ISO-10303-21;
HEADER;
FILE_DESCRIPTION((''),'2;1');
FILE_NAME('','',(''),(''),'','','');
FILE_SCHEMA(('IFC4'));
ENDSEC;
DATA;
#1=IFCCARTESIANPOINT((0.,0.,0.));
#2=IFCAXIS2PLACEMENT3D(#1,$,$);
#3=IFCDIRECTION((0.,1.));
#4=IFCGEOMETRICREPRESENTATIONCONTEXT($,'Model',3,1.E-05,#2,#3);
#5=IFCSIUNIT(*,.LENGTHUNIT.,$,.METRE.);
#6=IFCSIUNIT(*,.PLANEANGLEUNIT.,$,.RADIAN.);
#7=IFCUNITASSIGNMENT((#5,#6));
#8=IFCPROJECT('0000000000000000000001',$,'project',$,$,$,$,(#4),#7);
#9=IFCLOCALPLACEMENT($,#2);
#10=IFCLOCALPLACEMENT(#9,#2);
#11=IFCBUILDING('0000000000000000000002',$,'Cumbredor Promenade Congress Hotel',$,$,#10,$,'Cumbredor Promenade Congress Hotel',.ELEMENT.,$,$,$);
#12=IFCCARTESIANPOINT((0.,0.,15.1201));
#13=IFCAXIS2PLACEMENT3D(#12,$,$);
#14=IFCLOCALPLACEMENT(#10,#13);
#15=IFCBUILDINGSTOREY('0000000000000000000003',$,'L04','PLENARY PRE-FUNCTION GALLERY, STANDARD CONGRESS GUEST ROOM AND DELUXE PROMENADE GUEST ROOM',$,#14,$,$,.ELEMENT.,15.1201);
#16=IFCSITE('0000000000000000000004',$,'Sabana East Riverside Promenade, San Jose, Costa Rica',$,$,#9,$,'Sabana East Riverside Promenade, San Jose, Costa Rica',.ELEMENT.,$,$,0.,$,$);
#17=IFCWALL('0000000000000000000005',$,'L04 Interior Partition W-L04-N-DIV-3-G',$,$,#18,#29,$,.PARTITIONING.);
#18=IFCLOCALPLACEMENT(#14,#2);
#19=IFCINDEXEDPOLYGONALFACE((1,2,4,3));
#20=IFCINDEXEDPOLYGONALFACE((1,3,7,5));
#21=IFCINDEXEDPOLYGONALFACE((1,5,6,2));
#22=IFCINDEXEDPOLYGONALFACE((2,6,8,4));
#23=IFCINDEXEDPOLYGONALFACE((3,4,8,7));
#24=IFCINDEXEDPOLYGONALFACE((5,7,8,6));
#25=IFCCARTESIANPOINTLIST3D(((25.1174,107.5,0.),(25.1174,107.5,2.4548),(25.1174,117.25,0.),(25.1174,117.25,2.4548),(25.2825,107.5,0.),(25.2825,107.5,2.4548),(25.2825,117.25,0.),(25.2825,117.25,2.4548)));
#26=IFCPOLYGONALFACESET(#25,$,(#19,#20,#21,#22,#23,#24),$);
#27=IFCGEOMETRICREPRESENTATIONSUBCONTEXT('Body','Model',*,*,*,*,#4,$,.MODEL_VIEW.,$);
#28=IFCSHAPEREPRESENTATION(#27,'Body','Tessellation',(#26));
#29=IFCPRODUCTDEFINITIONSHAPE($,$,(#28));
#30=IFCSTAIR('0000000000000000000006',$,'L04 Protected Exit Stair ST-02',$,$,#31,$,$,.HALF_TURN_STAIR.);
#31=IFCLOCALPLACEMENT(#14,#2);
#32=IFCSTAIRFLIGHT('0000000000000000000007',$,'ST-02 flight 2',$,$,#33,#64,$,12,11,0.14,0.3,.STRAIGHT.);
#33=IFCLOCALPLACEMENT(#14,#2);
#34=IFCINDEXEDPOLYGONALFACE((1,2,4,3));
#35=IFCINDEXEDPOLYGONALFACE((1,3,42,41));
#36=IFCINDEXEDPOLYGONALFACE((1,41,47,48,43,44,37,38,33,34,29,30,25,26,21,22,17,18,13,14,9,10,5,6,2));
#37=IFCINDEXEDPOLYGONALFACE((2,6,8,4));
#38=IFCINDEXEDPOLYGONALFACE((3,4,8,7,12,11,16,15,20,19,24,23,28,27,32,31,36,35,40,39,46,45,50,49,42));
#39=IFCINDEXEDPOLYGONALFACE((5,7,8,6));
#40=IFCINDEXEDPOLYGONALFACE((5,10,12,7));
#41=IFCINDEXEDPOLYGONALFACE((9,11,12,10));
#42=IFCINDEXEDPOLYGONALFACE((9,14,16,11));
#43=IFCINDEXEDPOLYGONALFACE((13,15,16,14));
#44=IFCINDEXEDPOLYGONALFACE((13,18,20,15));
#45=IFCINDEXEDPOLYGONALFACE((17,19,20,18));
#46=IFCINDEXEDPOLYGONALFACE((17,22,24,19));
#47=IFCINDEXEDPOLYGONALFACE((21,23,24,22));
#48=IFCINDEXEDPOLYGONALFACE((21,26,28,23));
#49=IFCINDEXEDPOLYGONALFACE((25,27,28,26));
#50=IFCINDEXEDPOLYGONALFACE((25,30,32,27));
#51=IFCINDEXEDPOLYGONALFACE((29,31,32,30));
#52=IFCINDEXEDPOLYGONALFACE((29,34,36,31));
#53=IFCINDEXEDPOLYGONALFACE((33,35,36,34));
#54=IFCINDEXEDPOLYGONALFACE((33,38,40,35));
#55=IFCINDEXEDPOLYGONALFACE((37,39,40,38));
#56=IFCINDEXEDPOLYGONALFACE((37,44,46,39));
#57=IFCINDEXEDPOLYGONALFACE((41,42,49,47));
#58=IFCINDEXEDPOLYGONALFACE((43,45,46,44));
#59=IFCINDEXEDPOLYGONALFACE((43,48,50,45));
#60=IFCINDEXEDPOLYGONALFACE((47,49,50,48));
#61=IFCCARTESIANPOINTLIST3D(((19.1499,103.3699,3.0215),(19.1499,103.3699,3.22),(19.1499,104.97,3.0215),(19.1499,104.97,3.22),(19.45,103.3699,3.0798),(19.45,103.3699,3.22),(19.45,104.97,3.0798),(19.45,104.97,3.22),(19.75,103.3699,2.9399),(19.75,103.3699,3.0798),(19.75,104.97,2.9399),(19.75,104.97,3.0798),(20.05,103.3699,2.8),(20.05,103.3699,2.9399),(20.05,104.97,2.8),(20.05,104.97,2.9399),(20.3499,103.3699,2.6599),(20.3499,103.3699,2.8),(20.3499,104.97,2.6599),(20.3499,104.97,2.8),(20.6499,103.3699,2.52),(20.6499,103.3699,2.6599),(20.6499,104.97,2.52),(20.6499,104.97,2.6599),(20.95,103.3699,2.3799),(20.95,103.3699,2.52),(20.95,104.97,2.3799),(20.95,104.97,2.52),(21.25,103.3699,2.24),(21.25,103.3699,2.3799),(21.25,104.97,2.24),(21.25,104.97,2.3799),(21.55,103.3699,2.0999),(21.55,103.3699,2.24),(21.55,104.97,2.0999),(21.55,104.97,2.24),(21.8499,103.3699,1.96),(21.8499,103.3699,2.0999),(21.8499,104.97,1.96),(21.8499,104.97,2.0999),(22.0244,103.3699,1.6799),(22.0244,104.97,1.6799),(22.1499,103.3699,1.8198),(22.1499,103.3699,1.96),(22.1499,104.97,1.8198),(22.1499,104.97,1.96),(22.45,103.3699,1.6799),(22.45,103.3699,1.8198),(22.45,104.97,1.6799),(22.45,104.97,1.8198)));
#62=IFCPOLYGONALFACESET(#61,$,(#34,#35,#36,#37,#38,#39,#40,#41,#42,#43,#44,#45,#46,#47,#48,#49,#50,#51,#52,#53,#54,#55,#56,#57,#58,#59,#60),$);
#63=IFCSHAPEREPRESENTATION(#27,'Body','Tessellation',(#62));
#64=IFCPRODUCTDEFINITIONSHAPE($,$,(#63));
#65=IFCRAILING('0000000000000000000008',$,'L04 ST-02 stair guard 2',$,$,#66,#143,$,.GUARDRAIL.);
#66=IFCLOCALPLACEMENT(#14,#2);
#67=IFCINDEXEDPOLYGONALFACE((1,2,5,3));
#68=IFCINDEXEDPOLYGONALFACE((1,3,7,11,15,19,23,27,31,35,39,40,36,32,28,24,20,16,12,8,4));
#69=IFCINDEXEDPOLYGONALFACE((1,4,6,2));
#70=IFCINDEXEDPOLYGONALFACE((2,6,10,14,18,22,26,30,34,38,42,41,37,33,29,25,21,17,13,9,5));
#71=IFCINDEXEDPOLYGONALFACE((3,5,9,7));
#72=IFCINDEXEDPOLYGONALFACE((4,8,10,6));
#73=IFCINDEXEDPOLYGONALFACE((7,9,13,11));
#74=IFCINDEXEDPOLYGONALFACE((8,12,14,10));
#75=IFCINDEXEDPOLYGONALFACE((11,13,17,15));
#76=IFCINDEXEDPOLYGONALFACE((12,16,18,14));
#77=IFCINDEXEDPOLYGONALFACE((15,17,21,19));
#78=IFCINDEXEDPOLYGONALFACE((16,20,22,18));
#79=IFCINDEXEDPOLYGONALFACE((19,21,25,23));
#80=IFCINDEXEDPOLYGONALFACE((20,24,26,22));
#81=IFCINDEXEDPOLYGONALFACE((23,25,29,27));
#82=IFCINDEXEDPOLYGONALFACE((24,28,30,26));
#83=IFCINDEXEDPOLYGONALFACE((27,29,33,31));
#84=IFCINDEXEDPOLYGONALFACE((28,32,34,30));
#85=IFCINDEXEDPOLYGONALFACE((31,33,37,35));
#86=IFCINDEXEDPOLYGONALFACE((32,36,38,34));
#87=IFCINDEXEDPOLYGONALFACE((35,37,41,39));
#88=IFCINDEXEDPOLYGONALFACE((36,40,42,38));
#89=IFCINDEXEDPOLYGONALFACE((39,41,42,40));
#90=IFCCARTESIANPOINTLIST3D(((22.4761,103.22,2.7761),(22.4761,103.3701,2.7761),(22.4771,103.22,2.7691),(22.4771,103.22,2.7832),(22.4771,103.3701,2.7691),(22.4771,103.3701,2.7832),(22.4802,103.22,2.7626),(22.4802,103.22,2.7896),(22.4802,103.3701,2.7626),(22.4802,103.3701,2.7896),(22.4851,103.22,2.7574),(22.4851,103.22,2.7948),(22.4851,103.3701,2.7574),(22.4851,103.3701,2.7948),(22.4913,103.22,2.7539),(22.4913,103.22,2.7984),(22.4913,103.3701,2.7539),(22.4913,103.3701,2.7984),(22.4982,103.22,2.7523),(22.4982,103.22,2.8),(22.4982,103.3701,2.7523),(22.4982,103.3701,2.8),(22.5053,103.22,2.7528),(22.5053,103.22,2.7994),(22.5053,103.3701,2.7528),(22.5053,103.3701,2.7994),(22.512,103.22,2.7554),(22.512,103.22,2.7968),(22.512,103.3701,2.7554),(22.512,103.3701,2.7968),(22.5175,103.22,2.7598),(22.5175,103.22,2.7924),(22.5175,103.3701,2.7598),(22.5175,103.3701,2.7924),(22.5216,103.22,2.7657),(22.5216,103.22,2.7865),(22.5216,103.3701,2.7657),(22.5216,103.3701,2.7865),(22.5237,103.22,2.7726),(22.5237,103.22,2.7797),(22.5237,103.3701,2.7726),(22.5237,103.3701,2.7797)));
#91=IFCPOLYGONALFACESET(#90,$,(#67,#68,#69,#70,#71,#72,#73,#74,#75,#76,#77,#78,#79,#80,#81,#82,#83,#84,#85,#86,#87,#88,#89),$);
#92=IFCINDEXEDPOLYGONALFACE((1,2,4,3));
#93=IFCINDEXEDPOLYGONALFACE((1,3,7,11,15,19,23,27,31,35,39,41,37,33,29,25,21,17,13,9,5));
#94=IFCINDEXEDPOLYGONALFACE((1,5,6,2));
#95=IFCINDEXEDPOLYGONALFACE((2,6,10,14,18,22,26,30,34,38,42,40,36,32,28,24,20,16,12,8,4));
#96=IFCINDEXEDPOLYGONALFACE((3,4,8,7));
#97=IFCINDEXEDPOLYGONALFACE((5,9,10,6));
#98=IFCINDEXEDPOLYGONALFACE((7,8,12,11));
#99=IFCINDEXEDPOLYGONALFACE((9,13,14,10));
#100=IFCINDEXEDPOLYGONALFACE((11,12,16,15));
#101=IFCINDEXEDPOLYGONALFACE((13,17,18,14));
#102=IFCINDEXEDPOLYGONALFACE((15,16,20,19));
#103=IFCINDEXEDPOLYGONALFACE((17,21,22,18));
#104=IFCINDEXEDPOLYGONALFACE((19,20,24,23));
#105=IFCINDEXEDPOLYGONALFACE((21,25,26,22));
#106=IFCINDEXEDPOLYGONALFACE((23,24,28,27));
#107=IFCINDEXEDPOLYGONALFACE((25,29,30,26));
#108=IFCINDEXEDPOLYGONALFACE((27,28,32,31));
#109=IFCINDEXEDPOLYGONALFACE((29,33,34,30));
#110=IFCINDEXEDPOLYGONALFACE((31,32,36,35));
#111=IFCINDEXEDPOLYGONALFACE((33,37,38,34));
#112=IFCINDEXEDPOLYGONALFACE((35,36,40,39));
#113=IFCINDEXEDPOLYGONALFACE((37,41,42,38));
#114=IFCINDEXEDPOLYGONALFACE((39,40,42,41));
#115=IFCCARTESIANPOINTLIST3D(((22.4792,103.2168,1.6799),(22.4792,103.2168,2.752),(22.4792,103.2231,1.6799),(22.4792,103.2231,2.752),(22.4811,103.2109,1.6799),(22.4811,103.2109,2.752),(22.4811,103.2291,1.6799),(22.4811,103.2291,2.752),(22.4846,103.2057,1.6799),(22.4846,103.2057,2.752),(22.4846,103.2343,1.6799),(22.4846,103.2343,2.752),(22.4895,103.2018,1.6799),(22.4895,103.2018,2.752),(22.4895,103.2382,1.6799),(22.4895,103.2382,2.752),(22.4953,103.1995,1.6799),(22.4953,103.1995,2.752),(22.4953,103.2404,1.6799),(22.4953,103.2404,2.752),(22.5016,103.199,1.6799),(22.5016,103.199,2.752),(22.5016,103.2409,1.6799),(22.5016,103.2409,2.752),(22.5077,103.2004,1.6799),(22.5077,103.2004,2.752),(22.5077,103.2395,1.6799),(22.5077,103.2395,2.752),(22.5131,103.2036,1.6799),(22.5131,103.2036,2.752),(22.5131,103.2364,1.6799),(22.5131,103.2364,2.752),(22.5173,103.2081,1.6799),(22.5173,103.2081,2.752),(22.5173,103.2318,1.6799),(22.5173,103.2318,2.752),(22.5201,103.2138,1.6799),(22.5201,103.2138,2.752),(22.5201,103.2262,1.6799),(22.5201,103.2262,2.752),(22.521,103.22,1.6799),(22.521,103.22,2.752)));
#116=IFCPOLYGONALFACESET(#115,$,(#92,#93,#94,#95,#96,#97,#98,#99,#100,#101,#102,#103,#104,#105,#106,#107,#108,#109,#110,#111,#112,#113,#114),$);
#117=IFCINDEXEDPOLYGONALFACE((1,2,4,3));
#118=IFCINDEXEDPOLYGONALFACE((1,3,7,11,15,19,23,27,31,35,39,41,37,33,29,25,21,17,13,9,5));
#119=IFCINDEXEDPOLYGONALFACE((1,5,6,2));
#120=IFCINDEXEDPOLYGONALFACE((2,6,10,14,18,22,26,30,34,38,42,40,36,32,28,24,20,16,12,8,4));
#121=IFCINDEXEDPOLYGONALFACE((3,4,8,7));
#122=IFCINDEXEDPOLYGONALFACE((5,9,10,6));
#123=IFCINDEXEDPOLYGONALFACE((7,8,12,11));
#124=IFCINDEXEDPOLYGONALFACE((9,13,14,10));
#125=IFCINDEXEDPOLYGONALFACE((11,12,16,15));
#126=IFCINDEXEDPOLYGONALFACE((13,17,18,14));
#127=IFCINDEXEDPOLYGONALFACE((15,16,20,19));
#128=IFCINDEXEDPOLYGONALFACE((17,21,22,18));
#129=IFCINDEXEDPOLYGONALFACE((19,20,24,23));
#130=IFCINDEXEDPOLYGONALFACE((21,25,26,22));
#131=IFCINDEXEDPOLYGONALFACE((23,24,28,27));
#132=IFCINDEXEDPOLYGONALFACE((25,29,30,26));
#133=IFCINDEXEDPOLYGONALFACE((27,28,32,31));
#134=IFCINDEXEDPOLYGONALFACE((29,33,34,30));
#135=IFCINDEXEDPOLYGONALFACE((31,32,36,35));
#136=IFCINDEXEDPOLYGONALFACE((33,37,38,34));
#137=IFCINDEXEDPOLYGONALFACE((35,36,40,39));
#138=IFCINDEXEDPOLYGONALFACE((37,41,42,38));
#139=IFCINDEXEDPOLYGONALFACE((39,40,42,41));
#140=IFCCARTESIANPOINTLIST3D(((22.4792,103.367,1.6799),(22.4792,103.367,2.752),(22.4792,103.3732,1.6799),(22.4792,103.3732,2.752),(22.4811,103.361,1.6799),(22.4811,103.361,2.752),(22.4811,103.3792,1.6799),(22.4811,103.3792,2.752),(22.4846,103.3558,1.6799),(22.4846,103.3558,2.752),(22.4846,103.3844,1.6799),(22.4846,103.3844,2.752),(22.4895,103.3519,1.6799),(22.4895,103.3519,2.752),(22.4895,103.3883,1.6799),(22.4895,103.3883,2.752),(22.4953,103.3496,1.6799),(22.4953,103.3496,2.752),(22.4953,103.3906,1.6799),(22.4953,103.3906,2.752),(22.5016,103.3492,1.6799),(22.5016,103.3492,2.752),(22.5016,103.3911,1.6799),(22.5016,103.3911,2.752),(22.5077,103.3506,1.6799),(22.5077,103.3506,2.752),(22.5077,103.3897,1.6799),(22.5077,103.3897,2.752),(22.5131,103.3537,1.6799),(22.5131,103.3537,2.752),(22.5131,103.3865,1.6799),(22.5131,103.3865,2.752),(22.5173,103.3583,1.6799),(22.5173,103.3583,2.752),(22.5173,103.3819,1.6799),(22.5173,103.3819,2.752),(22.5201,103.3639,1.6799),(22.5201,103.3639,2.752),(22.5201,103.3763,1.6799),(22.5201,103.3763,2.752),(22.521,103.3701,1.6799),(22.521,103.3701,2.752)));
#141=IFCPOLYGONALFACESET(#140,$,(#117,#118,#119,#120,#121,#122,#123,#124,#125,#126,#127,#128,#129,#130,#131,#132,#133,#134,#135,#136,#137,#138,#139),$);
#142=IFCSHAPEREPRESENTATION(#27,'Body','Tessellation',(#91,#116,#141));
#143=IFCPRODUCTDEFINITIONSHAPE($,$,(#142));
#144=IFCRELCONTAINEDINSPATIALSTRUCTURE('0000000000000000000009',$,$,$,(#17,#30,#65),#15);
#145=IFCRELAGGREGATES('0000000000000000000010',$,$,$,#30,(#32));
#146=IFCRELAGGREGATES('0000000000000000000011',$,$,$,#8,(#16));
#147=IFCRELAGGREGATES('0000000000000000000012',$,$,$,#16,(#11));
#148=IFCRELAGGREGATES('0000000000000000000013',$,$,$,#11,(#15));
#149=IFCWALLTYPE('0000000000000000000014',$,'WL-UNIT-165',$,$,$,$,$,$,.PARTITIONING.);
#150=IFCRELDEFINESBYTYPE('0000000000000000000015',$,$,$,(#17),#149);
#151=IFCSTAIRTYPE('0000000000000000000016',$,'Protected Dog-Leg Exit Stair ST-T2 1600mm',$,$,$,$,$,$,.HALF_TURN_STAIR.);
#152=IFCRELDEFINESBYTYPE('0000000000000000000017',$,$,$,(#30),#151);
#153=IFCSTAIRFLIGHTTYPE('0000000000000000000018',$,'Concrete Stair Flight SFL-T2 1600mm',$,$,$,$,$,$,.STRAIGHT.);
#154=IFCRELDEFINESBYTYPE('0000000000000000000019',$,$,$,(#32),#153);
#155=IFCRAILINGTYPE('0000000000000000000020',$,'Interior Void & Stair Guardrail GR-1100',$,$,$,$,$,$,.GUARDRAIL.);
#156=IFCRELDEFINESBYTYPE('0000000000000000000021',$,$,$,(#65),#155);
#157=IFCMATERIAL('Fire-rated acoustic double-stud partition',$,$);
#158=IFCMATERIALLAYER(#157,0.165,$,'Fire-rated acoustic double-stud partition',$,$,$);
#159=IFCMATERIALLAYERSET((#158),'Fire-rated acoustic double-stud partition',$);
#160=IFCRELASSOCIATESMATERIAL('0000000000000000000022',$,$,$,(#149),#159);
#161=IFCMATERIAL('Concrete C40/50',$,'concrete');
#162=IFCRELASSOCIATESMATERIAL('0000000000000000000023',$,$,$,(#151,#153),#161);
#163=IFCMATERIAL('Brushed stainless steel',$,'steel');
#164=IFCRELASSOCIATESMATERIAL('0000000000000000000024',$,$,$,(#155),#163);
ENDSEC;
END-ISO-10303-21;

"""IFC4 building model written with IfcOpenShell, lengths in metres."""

from ifc_helpers import new_model, si_unit, direction, frame, frame_2d, origin, origin_2d, place, context, subcontext, project, spatial, polyline, rectangle, circle, outline, extrude, material, layer, layer_set, type_object, element, aggregate, save


model = new_model("IFC4")

# Units and contexts
model_context = context("Model", 3, precision=1e-05, world=origin(), true_north=direction((0.0, 1.0)))
body_context = subcontext(model_context, "Body", "Model", "MODEL_VIEW")
ifc_project = project(units=[si_unit("LENGTHUNIT", "METRE"), si_unit("PLANEANGLEUNIT", "RADIAN")], contexts=[model_context])

# Site, building, storey
site_placement = place(None, origin())
site = spatial("IfcSite", under=ifc_project, at=site_placement, Name="Sabana East Riverside Promenade, San Jose, Costa Rica", LongName="Sabana East Riverside Promenade, San Jose, Costa Rica", CompositionType="ELEMENT", RefElevation=0.0)
building_placement = place(site_placement, origin())
building = spatial("IfcBuilding", under=site, at=building_placement, Name="Cumbredor Promenade Congress Hotel", LongName="Cumbredor Promenade Congress Hotel", CompositionType="ELEMENT")
storey_placement = place(building_placement, frame((0.0, 0.0, 15.1201)))
storey = spatial("IfcBuildingStorey", under=building, at=storey_placement, Name="L04", Description="PLENARY PRE-FUNCTION GALLERY, STANDARD CONGRESS GUEST ROOM AND DELUXE PROMENADE GUEST ROOM", CompositionType="ELEMENT", Elevation=15.1201)

# Shared definitions
ifc_material_1 = material(Name="Concrete C40/50", Category="concrete")

# Shared definitions
ifc_material_2 = material(Name="Brushed stainless steel", Category="steel")

# Wall
ifc_material_3 = material(Name="Fire-rated acoustic double-stud partition")
ifc_layer_1 = layer(ifc_material_3, 0.165, Name="Fire-rated acoustic double-stud partition")
ifc_layer_set_1 = layer_set([ifc_layer_1], Name="Fire-rated acoustic double-stud partition")
wall_type_1 = type_object("IfcWallType", Name="WL-UNIT-165", PredefinedType="PARTITIONING", material=ifc_layer_set_1)
wall_1_placement = place(storey_placement, frame((25.2, 107.5, 0.0), z_axis=(0.0, 0.0, 1.0), x_axis=(0.0, 1.0, 0.0)))
element("IfcWall", 1, at=wall_1_placement, inside=storey, type_object=wall_type_1, Name="L04 Interior Partition W-L04-N-DIV-3-G", PredefinedType="PARTITIONING", context=body_context, shape_type="SweptSolid", body=[
    extrude(rectangle(XDim=9.75, YDim=0.165, at=frame_2d((4.875, 0.0))), origin(), (0.0, 0.0, 1.0), 2.4548),
])

# Stair, stair flight
stair_type = type_object("IfcStairType", Name="Protected Dog-Leg Exit Stair ST-T2 1600mm", PredefinedType="HALF_TURN_STAIR", material=ifc_material_1)
stair_placement = place(storey_placement, origin())
stair = element("IfcStair", 2, at=stair_placement, inside=storey, type_object=stair_type, Name="L04 Protected Exit Stair ST-02", PredefinedType="HALF_TURN_STAIR")
stair_flight_type = type_object("IfcStairFlightType", Name="Concrete Stair Flight SFL-T2 1600mm", PredefinedType="STRAIGHT", material=ifc_material_1)
stair_flight_placement = place(storey_placement, frame((22.45, 104.1699, 1.6799), z_axis=(0.0, 0.0, 1.0), x_axis=(-1.0, 0.0, 0.0)))
stair_flight = element("IfcStairFlight", 3, at=stair_flight_placement, type_object=stair_flight_type, Name="ST-02 flight 2", NumberOfRisers=12, NumberOfTreads=11, PredefinedType="STRAIGHT", RiserHeight=0.14, TreadLength=0.3, context=body_context, shape_type="SweptSolid", body=[
    extrude(outline(polyline([(0.0, 0.0), (0.0, 0.1399), (0.3, 0.1399), (0.3, 0.28), (0.6001, 0.28), (0.6001, 0.4199), (0.8999, 0.4199), (0.8999, 0.5601), (1.2, 0.5601), (1.2, 0.7), (1.5, 0.7), (1.5, 0.8401), (1.8, 0.8401), (1.8, 0.98), (2.1001, 0.98), (2.1001, 1.1201), (2.3999, 1.1201), (2.3999, 1.26), (2.7, 1.26), (2.7, 1.3999), (3.0, 1.3999), (3.0, 1.54), (3.3, 1.54), (3.3, 1.6799), (3.3, 1.3416), (0.4255, 0.0), (0.0, 0.0)])), frame((0.0, 0.8, 0.0), z_axis=(0.0, -1.0, 0.0), x_axis=(1.0, 0.0, 0.0)), (0.0, 0.0, 1.0), 1.6001),
])
aggregate(stair, [stair_flight])

# Railing
railing_type_1 = type_object("IfcRailingType", Name="Interior Void & Stair Guardrail GR-1100", PredefinedType="GUARDRAIL", material=ifc_material_2)
railing_1_placement = place(storey_placement, frame((22.5, 103.22, 1.6799)))
element("IfcRailing", 4, at=railing_1_placement, inside=storey, type_object=railing_type_1, Name="L04 ST-02 stair guard 2", PredefinedType="GUARDRAIL", context=body_context, shape_type="SweptSolid", body=[
    extrude(circle(Radius=0.0239, at=origin_2d()), frame((0.0, 0.0, 1.0962), z_axis=(0.0, 1.0, 0.0), x_axis=(-1.0, 0.0, 0.0)), (0.0, 0.0, 1.0), 0.1501),
    extrude(circle(Radius=0.021, at=origin_2d()), origin(), (0.0, 0.0, 1.0), 1.072),
    extrude(circle(Radius=0.021, at=origin_2d()), frame((0.0, 0.1501, 0.0)), (0.0, 0.0, 1.0), 1.072),
])

save(model, "model.ifc")
